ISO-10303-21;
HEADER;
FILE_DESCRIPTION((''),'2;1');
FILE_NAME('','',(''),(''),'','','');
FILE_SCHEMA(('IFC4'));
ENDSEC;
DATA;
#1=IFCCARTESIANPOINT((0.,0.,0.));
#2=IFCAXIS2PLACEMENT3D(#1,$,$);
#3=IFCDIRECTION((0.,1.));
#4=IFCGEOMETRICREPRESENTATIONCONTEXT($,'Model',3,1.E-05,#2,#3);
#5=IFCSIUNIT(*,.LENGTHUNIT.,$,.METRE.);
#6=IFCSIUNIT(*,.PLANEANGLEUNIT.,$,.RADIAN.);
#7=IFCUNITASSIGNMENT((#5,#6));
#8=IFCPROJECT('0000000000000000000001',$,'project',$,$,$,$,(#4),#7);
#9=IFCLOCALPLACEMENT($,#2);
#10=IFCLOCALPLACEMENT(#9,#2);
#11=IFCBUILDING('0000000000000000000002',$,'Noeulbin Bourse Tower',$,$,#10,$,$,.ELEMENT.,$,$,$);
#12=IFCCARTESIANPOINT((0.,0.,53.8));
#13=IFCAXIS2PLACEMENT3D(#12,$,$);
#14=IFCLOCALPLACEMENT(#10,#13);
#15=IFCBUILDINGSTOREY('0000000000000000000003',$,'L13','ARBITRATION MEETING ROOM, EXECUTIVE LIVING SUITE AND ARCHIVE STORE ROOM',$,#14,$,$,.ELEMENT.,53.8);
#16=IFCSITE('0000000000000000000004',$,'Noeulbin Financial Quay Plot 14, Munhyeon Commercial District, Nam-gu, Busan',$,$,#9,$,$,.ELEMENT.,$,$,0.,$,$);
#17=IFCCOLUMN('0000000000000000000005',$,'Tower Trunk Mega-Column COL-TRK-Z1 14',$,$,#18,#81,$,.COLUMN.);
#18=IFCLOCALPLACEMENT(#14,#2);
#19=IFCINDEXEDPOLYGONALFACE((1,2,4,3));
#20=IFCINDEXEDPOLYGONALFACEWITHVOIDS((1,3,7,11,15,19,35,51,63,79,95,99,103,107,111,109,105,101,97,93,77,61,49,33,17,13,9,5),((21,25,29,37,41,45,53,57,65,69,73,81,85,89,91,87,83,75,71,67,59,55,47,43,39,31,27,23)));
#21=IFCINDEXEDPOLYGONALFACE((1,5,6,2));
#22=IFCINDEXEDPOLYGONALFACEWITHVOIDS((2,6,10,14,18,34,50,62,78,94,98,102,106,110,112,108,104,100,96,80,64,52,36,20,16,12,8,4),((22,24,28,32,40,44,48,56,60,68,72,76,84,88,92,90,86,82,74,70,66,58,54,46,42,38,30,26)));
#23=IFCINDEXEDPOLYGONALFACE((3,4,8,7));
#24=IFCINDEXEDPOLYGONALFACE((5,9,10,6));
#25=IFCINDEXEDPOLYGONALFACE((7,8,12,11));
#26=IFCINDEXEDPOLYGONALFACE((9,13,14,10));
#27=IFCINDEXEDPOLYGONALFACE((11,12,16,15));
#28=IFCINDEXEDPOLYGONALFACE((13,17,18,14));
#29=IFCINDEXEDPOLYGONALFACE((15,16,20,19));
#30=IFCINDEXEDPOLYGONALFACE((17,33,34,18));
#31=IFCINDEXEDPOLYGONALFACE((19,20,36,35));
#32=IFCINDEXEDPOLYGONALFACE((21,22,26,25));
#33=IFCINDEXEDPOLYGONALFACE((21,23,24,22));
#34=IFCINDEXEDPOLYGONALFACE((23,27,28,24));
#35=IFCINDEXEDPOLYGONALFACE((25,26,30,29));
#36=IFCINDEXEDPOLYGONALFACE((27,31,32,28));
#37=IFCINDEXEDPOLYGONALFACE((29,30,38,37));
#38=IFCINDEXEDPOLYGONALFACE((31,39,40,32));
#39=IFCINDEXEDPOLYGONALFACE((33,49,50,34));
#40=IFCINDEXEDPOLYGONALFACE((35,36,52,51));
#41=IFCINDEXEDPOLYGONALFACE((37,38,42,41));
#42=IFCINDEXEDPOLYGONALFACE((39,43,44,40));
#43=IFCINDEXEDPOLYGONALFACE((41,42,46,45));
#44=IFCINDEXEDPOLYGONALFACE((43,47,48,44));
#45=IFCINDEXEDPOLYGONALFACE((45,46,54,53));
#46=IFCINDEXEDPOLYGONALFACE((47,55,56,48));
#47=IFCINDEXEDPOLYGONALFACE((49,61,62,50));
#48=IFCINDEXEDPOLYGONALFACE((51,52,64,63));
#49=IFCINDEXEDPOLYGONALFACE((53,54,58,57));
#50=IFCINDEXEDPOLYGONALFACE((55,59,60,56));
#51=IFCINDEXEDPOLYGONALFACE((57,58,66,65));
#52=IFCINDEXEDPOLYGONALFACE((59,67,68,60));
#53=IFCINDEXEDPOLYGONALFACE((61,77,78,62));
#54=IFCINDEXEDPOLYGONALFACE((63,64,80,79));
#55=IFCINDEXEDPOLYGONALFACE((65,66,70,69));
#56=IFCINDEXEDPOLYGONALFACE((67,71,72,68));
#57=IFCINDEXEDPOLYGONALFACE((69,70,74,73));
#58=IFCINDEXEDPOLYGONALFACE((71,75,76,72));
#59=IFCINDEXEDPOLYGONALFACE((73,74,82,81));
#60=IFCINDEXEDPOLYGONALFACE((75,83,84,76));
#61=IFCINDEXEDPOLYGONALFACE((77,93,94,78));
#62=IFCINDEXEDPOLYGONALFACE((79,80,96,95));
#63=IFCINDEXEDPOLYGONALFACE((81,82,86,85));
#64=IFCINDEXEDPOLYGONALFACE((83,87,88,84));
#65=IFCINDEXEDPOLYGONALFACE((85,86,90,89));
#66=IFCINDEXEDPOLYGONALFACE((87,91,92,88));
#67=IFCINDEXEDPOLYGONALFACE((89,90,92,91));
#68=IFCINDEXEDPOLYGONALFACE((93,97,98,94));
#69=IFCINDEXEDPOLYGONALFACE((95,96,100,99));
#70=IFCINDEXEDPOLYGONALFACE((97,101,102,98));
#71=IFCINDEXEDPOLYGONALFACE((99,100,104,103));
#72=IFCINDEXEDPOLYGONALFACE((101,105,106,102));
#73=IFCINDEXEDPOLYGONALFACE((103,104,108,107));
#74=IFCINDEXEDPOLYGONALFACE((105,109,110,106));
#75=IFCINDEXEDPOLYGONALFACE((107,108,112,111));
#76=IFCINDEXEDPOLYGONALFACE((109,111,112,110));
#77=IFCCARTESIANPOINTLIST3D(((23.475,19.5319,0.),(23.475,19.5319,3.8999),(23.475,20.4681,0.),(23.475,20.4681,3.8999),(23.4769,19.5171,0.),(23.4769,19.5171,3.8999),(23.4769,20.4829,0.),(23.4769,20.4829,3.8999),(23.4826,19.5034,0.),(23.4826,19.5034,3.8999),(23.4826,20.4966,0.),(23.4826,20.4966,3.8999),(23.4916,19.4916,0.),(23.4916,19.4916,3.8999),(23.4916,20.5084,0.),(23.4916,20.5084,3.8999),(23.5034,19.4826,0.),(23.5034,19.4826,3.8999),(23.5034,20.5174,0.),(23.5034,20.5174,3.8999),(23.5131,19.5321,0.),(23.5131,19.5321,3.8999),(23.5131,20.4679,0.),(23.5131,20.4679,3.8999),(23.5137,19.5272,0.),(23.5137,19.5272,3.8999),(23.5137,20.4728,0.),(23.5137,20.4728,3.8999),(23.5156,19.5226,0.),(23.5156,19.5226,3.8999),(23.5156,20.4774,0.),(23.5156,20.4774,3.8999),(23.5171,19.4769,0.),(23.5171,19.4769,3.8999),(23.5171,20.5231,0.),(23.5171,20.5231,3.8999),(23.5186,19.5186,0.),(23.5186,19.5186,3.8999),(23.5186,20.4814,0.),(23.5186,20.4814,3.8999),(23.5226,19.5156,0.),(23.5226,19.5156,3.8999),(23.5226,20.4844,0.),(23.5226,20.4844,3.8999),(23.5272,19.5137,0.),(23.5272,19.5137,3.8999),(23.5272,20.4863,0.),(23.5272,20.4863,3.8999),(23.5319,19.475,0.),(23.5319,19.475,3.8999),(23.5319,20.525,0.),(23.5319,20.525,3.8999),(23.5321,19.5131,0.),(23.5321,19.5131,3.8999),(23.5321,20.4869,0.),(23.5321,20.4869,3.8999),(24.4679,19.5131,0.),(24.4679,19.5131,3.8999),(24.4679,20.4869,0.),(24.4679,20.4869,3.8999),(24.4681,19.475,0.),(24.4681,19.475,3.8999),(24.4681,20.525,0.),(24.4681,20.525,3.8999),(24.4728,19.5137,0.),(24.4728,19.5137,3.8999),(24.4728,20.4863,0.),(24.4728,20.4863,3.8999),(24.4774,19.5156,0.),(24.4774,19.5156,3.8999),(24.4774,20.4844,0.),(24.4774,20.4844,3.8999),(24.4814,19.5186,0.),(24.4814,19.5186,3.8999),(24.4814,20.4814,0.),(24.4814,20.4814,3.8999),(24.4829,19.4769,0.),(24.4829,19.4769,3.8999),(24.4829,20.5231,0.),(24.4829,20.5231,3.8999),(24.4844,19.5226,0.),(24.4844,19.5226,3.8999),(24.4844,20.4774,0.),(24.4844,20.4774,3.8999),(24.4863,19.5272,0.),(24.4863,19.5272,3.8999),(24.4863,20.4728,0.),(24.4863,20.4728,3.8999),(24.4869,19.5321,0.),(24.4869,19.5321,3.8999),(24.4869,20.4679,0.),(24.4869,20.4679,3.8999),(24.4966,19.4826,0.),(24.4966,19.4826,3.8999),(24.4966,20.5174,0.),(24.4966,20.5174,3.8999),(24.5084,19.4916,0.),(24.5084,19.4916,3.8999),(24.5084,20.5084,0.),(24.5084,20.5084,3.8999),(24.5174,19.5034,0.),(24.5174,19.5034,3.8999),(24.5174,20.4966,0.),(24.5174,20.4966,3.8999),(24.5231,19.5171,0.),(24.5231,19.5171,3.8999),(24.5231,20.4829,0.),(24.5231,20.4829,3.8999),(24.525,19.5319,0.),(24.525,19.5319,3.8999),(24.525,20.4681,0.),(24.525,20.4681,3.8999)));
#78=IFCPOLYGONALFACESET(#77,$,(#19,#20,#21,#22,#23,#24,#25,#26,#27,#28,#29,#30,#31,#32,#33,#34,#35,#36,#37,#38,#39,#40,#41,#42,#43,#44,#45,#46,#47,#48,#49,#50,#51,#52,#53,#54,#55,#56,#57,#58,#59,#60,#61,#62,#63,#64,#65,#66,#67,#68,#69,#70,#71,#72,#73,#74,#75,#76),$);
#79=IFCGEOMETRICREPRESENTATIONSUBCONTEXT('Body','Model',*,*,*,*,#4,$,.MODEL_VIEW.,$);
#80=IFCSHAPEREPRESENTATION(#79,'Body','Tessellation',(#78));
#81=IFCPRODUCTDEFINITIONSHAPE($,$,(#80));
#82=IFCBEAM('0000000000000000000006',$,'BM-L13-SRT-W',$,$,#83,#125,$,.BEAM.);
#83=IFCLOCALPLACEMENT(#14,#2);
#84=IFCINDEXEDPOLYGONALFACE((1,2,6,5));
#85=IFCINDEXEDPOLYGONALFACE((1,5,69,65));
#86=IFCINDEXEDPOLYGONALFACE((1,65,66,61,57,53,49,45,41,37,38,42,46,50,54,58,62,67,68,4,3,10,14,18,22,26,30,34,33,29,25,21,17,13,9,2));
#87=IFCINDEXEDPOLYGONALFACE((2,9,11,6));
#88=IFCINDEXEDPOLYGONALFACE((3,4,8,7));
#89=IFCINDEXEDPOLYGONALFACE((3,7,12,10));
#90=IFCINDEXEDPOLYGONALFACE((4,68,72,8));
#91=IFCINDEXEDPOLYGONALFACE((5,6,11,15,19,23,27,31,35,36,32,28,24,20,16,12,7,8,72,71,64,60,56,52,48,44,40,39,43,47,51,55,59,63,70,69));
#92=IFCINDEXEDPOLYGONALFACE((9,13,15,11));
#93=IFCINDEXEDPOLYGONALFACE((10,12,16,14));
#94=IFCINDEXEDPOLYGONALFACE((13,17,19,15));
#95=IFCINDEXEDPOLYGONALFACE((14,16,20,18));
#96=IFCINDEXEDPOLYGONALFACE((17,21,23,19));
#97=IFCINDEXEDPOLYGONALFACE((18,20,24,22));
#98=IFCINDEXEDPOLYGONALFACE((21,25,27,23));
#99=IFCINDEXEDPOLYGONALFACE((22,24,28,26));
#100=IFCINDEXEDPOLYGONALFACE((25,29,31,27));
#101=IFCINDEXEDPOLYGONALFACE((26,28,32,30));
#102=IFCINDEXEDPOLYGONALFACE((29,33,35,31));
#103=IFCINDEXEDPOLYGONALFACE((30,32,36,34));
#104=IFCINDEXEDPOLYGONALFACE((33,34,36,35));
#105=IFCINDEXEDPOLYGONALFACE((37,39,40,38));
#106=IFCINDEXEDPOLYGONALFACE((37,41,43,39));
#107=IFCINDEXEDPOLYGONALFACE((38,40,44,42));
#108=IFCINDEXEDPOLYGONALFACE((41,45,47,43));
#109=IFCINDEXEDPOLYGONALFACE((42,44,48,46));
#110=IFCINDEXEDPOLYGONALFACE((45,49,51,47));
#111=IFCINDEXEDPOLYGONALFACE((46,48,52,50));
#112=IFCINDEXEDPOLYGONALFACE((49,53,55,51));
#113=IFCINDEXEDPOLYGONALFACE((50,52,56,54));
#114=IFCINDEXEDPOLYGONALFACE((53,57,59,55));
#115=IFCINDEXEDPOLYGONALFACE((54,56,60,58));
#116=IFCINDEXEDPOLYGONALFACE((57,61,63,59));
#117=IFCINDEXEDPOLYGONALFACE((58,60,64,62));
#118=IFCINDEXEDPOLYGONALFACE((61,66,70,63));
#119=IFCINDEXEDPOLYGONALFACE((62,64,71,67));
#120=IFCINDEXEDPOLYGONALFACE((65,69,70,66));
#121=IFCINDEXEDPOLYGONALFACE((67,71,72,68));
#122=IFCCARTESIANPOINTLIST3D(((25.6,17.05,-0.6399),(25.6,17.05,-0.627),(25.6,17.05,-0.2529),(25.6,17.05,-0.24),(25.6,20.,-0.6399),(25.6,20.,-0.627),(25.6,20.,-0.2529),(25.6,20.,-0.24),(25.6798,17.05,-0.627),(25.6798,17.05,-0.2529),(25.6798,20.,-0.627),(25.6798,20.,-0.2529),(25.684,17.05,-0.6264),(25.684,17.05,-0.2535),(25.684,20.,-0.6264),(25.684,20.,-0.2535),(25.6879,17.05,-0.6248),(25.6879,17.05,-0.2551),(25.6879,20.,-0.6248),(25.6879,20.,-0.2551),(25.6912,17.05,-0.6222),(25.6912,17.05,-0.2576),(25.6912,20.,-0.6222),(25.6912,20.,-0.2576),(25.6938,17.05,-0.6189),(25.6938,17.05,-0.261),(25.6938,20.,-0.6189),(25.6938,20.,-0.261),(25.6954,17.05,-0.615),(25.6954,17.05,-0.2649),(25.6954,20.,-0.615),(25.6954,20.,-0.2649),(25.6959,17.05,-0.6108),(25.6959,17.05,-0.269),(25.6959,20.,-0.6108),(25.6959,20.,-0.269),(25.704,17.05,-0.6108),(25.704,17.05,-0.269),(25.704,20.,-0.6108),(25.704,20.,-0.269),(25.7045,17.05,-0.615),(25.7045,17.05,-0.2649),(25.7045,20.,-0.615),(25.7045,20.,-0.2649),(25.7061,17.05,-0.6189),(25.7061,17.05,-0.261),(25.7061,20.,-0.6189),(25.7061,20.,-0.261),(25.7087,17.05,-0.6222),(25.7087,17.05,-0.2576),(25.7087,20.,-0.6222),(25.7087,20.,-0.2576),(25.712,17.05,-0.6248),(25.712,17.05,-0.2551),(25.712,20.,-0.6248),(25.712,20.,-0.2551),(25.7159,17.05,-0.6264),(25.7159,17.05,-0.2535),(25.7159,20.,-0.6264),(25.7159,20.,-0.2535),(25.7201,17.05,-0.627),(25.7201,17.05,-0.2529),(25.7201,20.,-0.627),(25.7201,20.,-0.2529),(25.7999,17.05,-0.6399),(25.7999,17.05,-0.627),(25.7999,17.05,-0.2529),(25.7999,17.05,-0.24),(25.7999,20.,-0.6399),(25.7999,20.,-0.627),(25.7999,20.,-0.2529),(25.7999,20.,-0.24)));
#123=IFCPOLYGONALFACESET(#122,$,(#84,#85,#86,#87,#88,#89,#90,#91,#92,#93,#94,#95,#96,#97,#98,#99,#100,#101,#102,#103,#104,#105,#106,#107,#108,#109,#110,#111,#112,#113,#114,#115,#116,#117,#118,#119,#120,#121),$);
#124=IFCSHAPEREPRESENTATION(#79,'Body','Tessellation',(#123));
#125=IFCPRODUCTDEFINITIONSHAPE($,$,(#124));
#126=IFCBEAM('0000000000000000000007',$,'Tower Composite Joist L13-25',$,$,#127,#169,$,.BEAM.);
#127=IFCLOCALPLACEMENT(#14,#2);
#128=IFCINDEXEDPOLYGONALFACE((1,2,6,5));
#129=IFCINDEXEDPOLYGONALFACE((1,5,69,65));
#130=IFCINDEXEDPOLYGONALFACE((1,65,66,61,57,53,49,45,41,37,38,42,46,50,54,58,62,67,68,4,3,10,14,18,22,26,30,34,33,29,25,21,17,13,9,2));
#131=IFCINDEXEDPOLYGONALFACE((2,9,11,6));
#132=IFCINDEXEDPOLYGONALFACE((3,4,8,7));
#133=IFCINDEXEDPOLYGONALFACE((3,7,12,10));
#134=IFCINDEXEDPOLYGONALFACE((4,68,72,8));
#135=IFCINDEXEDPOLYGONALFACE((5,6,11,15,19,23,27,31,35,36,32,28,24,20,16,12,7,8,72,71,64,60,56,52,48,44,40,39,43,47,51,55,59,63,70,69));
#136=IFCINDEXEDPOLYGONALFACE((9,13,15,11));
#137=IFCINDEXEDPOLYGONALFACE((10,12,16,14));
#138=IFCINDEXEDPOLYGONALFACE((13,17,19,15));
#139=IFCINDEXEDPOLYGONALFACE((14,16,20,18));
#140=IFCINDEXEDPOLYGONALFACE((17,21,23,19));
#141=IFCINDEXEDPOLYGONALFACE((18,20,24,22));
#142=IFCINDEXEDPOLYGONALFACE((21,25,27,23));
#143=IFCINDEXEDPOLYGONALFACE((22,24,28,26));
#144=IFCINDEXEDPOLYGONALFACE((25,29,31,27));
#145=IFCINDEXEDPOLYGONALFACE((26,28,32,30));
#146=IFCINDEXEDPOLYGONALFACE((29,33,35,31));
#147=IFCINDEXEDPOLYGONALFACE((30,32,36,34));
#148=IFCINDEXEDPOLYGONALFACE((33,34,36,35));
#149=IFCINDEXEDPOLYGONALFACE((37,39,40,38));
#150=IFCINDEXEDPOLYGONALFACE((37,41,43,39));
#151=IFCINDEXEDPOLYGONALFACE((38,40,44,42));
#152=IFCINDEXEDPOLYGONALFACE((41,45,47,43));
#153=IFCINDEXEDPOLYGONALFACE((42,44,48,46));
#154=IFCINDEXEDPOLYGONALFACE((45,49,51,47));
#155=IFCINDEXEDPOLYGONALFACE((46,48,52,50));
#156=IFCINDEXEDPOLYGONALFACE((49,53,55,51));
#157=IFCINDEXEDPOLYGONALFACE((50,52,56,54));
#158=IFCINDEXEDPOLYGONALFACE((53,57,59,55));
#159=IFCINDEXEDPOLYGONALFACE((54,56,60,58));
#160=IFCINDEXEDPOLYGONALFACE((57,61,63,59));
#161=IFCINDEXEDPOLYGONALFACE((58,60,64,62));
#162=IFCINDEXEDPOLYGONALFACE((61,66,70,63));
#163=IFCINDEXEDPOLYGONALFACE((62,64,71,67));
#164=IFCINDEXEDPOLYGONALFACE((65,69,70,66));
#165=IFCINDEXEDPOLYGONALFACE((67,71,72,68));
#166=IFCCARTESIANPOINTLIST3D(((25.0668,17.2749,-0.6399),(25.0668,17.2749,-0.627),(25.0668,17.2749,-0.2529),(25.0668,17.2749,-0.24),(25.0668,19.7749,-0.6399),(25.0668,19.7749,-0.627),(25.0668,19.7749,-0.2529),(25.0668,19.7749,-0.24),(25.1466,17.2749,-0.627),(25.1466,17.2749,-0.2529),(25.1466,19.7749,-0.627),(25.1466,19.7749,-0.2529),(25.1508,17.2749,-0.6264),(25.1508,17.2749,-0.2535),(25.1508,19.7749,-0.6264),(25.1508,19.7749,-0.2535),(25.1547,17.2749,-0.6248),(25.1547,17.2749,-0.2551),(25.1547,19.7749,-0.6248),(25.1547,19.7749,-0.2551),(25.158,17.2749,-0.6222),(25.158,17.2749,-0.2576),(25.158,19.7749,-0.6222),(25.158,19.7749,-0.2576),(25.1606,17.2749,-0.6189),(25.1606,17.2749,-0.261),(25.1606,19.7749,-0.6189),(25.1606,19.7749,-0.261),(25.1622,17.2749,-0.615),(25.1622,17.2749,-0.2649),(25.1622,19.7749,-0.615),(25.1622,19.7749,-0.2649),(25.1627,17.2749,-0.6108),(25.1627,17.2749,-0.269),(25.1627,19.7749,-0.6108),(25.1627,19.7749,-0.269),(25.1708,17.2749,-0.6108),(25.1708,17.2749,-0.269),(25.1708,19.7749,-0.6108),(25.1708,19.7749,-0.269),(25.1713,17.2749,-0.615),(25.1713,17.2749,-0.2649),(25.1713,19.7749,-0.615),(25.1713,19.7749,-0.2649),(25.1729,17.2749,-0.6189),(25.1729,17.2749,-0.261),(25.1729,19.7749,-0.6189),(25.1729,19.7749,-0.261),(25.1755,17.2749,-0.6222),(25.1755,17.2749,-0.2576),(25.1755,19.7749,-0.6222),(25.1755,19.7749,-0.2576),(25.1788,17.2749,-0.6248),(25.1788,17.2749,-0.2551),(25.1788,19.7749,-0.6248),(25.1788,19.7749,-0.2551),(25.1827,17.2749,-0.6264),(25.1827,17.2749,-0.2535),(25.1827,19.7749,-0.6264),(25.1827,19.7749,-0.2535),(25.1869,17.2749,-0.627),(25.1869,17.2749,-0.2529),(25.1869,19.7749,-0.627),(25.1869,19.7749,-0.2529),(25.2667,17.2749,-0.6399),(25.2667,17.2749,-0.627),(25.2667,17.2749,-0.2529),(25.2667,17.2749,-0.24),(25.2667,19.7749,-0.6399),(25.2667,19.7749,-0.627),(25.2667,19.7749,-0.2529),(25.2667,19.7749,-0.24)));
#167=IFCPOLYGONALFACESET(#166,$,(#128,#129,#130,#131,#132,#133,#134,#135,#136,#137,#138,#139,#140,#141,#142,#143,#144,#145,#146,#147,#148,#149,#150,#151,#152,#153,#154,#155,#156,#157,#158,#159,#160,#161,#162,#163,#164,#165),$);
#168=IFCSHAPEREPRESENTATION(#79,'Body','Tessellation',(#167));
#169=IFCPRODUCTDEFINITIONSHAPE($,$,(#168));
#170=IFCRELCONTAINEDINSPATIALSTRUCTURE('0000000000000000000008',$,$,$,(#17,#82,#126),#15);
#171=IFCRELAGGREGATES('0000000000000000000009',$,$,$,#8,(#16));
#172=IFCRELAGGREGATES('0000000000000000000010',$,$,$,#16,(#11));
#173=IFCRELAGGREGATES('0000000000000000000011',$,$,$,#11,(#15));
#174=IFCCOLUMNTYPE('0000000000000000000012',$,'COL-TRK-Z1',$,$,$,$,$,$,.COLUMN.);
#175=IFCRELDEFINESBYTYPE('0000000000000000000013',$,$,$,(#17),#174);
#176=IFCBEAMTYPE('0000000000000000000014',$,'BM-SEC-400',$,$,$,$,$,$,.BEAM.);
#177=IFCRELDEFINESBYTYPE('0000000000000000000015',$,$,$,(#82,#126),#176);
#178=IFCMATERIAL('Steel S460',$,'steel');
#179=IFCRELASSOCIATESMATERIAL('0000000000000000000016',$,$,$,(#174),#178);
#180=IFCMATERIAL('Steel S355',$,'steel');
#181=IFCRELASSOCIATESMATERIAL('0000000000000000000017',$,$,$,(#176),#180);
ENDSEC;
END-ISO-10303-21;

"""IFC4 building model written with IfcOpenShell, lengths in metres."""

from ifc_helpers import new_model, si_unit, direction, frame, origin, origin_2d, place, context, subcontext, project, spatial, hollow_rectangle, i_section, extrude, material, material_profile, profile_set, type_object, element, save


model = new_model("IFC4")

# Units and contexts
model_context = context("Model", 3, precision=1e-05, world=origin(), true_north=direction((0.0, 1.0)))
body_context = subcontext(model_context, "Body", "Model", "MODEL_VIEW")
ifc_project = project(units=[si_unit("LENGTHUNIT", "METRE"), si_unit("PLANEANGLEUNIT", "RADIAN")], contexts=[model_context])

# Site, building, storey
site_placement = place(None, origin())
site = spatial("IfcSite", under=ifc_project, at=site_placement, Name="Noeulbin Financial Quay Plot 14, Munhyeon Commercial District, Nam-gu, Busan", CompositionType="ELEMENT", RefElevation=0.0)
building_placement = place(site_placement, origin())
building = spatial("IfcBuilding", under=site, at=building_placement, Name="Noeulbin Bourse Tower", CompositionType="ELEMENT")
storey_placement = place(building_placement, frame((0.0, 0.0, 53.8)))
storey = spatial("IfcBuildingStorey", under=building, at=storey_placement, Name="L13", Description="ARBITRATION MEETING ROOM, EXECUTIVE LIVING SUITE AND ARCHIVE STORE ROOM", CompositionType="ELEMENT", Elevation=53.8)

# Column
ifc_material_1 = material(Name="Steel S460", Category="steel")
ifc_material_profile_1 = material_profile(ifc_material_1, hollow_rectangle(XDim=1.05, YDim=1.05, WallThickness=0.0381, InnerFilletRadius=0.019, OuterFilletRadius=0.0569, at=origin_2d()), Name="BOX-1050x1050x38", Category="LoadBearing")
ifc_profile_set_1 = profile_set([ifc_material_profile_1], Name="Steel S460")
column_type = type_object("IfcColumnType", Name="COL-TRK-Z1", PredefinedType="COLUMN", material=ifc_profile_set_1)
column_placement = place(storey_placement, frame((24.0, 20.0, 0.0), z_axis=(0.0, 0.0, 1.0), x_axis=(1.0, 0.0, 0.0)))
element("IfcColumn", 1, at=column_placement, inside=storey, type_object=column_type, Name="Tower Trunk Mega-Column COL-TRK-Z1 14", PredefinedType="COLUMN", context=body_context, shape_type="SweptSolid", body=[
    extrude(hollow_rectangle(XDim=1.05, YDim=1.05, WallThickness=0.0381, InnerFilletRadius=0.019, OuterFilletRadius=0.0569, at=origin_2d()), origin(), (0.0, 0.0, 1.0), 3.8999),
])

# Beams
ifc_material_2 = material(Name="Steel S355", Category="steel")
ifc_material_profile_2 = material_profile(ifc_material_2, i_section(OverallWidth=0.2, OverallDepth=0.3999, WebThickness=0.0081, FlangeThickness=0.0129, FilletRadius=0.0161, at=origin_2d()), Name="H-400x200x8x13", Category="LoadBearing")
ifc_profile_set_2 = profile_set([ifc_material_profile_2], Name="Steel S355")
beam_type_1 = type_object("IfcBeamType", Name="BM-SEC-400", PredefinedType="BEAM", material=ifc_profile_set_2)
beam_1_placement = place(storey_placement, frame((25.7, 17.05, -0.4399), z_axis=(0.0, 1.0, 0.0), x_axis=(-1.0, 0.0, 0.0)))
element("IfcBeam", 2, at=beam_1_placement, inside=storey, type_object=beam_type_1, Name="BM-L13-SRT-W", PredefinedType="BEAM", context=body_context, shape_type="SweptSolid", body=[
    extrude(i_section(OverallWidth=0.2, OverallDepth=0.3999, WebThickness=0.0081, FlangeThickness=0.0129, FilletRadius=0.0161, at=origin_2d()), origin(), (0.0, 0.0, 1.0), 2.95),
])
beam_2_placement = place(storey_placement, frame((25.1667, 17.2749, -0.4399), z_axis=(0.0, 1.0, 0.0), x_axis=(-1.0, 0.0, 0.0)))
element("IfcBeam", 3, at=beam_2_placement, inside=storey, type_object=beam_type_1, Name="Tower Composite Joist L13-25", PredefinedType="BEAM", context=body_context, shape_type="SweptSolid", body=[
    extrude(i_section(OverallWidth=0.2, OverallDepth=0.3999, WebThickness=0.0081, FlangeThickness=0.0129, FilletRadius=0.0161, at=origin_2d()), origin(), (0.0, 0.0, 1.0), 2.5),
])

save(model, "model.ifc")
